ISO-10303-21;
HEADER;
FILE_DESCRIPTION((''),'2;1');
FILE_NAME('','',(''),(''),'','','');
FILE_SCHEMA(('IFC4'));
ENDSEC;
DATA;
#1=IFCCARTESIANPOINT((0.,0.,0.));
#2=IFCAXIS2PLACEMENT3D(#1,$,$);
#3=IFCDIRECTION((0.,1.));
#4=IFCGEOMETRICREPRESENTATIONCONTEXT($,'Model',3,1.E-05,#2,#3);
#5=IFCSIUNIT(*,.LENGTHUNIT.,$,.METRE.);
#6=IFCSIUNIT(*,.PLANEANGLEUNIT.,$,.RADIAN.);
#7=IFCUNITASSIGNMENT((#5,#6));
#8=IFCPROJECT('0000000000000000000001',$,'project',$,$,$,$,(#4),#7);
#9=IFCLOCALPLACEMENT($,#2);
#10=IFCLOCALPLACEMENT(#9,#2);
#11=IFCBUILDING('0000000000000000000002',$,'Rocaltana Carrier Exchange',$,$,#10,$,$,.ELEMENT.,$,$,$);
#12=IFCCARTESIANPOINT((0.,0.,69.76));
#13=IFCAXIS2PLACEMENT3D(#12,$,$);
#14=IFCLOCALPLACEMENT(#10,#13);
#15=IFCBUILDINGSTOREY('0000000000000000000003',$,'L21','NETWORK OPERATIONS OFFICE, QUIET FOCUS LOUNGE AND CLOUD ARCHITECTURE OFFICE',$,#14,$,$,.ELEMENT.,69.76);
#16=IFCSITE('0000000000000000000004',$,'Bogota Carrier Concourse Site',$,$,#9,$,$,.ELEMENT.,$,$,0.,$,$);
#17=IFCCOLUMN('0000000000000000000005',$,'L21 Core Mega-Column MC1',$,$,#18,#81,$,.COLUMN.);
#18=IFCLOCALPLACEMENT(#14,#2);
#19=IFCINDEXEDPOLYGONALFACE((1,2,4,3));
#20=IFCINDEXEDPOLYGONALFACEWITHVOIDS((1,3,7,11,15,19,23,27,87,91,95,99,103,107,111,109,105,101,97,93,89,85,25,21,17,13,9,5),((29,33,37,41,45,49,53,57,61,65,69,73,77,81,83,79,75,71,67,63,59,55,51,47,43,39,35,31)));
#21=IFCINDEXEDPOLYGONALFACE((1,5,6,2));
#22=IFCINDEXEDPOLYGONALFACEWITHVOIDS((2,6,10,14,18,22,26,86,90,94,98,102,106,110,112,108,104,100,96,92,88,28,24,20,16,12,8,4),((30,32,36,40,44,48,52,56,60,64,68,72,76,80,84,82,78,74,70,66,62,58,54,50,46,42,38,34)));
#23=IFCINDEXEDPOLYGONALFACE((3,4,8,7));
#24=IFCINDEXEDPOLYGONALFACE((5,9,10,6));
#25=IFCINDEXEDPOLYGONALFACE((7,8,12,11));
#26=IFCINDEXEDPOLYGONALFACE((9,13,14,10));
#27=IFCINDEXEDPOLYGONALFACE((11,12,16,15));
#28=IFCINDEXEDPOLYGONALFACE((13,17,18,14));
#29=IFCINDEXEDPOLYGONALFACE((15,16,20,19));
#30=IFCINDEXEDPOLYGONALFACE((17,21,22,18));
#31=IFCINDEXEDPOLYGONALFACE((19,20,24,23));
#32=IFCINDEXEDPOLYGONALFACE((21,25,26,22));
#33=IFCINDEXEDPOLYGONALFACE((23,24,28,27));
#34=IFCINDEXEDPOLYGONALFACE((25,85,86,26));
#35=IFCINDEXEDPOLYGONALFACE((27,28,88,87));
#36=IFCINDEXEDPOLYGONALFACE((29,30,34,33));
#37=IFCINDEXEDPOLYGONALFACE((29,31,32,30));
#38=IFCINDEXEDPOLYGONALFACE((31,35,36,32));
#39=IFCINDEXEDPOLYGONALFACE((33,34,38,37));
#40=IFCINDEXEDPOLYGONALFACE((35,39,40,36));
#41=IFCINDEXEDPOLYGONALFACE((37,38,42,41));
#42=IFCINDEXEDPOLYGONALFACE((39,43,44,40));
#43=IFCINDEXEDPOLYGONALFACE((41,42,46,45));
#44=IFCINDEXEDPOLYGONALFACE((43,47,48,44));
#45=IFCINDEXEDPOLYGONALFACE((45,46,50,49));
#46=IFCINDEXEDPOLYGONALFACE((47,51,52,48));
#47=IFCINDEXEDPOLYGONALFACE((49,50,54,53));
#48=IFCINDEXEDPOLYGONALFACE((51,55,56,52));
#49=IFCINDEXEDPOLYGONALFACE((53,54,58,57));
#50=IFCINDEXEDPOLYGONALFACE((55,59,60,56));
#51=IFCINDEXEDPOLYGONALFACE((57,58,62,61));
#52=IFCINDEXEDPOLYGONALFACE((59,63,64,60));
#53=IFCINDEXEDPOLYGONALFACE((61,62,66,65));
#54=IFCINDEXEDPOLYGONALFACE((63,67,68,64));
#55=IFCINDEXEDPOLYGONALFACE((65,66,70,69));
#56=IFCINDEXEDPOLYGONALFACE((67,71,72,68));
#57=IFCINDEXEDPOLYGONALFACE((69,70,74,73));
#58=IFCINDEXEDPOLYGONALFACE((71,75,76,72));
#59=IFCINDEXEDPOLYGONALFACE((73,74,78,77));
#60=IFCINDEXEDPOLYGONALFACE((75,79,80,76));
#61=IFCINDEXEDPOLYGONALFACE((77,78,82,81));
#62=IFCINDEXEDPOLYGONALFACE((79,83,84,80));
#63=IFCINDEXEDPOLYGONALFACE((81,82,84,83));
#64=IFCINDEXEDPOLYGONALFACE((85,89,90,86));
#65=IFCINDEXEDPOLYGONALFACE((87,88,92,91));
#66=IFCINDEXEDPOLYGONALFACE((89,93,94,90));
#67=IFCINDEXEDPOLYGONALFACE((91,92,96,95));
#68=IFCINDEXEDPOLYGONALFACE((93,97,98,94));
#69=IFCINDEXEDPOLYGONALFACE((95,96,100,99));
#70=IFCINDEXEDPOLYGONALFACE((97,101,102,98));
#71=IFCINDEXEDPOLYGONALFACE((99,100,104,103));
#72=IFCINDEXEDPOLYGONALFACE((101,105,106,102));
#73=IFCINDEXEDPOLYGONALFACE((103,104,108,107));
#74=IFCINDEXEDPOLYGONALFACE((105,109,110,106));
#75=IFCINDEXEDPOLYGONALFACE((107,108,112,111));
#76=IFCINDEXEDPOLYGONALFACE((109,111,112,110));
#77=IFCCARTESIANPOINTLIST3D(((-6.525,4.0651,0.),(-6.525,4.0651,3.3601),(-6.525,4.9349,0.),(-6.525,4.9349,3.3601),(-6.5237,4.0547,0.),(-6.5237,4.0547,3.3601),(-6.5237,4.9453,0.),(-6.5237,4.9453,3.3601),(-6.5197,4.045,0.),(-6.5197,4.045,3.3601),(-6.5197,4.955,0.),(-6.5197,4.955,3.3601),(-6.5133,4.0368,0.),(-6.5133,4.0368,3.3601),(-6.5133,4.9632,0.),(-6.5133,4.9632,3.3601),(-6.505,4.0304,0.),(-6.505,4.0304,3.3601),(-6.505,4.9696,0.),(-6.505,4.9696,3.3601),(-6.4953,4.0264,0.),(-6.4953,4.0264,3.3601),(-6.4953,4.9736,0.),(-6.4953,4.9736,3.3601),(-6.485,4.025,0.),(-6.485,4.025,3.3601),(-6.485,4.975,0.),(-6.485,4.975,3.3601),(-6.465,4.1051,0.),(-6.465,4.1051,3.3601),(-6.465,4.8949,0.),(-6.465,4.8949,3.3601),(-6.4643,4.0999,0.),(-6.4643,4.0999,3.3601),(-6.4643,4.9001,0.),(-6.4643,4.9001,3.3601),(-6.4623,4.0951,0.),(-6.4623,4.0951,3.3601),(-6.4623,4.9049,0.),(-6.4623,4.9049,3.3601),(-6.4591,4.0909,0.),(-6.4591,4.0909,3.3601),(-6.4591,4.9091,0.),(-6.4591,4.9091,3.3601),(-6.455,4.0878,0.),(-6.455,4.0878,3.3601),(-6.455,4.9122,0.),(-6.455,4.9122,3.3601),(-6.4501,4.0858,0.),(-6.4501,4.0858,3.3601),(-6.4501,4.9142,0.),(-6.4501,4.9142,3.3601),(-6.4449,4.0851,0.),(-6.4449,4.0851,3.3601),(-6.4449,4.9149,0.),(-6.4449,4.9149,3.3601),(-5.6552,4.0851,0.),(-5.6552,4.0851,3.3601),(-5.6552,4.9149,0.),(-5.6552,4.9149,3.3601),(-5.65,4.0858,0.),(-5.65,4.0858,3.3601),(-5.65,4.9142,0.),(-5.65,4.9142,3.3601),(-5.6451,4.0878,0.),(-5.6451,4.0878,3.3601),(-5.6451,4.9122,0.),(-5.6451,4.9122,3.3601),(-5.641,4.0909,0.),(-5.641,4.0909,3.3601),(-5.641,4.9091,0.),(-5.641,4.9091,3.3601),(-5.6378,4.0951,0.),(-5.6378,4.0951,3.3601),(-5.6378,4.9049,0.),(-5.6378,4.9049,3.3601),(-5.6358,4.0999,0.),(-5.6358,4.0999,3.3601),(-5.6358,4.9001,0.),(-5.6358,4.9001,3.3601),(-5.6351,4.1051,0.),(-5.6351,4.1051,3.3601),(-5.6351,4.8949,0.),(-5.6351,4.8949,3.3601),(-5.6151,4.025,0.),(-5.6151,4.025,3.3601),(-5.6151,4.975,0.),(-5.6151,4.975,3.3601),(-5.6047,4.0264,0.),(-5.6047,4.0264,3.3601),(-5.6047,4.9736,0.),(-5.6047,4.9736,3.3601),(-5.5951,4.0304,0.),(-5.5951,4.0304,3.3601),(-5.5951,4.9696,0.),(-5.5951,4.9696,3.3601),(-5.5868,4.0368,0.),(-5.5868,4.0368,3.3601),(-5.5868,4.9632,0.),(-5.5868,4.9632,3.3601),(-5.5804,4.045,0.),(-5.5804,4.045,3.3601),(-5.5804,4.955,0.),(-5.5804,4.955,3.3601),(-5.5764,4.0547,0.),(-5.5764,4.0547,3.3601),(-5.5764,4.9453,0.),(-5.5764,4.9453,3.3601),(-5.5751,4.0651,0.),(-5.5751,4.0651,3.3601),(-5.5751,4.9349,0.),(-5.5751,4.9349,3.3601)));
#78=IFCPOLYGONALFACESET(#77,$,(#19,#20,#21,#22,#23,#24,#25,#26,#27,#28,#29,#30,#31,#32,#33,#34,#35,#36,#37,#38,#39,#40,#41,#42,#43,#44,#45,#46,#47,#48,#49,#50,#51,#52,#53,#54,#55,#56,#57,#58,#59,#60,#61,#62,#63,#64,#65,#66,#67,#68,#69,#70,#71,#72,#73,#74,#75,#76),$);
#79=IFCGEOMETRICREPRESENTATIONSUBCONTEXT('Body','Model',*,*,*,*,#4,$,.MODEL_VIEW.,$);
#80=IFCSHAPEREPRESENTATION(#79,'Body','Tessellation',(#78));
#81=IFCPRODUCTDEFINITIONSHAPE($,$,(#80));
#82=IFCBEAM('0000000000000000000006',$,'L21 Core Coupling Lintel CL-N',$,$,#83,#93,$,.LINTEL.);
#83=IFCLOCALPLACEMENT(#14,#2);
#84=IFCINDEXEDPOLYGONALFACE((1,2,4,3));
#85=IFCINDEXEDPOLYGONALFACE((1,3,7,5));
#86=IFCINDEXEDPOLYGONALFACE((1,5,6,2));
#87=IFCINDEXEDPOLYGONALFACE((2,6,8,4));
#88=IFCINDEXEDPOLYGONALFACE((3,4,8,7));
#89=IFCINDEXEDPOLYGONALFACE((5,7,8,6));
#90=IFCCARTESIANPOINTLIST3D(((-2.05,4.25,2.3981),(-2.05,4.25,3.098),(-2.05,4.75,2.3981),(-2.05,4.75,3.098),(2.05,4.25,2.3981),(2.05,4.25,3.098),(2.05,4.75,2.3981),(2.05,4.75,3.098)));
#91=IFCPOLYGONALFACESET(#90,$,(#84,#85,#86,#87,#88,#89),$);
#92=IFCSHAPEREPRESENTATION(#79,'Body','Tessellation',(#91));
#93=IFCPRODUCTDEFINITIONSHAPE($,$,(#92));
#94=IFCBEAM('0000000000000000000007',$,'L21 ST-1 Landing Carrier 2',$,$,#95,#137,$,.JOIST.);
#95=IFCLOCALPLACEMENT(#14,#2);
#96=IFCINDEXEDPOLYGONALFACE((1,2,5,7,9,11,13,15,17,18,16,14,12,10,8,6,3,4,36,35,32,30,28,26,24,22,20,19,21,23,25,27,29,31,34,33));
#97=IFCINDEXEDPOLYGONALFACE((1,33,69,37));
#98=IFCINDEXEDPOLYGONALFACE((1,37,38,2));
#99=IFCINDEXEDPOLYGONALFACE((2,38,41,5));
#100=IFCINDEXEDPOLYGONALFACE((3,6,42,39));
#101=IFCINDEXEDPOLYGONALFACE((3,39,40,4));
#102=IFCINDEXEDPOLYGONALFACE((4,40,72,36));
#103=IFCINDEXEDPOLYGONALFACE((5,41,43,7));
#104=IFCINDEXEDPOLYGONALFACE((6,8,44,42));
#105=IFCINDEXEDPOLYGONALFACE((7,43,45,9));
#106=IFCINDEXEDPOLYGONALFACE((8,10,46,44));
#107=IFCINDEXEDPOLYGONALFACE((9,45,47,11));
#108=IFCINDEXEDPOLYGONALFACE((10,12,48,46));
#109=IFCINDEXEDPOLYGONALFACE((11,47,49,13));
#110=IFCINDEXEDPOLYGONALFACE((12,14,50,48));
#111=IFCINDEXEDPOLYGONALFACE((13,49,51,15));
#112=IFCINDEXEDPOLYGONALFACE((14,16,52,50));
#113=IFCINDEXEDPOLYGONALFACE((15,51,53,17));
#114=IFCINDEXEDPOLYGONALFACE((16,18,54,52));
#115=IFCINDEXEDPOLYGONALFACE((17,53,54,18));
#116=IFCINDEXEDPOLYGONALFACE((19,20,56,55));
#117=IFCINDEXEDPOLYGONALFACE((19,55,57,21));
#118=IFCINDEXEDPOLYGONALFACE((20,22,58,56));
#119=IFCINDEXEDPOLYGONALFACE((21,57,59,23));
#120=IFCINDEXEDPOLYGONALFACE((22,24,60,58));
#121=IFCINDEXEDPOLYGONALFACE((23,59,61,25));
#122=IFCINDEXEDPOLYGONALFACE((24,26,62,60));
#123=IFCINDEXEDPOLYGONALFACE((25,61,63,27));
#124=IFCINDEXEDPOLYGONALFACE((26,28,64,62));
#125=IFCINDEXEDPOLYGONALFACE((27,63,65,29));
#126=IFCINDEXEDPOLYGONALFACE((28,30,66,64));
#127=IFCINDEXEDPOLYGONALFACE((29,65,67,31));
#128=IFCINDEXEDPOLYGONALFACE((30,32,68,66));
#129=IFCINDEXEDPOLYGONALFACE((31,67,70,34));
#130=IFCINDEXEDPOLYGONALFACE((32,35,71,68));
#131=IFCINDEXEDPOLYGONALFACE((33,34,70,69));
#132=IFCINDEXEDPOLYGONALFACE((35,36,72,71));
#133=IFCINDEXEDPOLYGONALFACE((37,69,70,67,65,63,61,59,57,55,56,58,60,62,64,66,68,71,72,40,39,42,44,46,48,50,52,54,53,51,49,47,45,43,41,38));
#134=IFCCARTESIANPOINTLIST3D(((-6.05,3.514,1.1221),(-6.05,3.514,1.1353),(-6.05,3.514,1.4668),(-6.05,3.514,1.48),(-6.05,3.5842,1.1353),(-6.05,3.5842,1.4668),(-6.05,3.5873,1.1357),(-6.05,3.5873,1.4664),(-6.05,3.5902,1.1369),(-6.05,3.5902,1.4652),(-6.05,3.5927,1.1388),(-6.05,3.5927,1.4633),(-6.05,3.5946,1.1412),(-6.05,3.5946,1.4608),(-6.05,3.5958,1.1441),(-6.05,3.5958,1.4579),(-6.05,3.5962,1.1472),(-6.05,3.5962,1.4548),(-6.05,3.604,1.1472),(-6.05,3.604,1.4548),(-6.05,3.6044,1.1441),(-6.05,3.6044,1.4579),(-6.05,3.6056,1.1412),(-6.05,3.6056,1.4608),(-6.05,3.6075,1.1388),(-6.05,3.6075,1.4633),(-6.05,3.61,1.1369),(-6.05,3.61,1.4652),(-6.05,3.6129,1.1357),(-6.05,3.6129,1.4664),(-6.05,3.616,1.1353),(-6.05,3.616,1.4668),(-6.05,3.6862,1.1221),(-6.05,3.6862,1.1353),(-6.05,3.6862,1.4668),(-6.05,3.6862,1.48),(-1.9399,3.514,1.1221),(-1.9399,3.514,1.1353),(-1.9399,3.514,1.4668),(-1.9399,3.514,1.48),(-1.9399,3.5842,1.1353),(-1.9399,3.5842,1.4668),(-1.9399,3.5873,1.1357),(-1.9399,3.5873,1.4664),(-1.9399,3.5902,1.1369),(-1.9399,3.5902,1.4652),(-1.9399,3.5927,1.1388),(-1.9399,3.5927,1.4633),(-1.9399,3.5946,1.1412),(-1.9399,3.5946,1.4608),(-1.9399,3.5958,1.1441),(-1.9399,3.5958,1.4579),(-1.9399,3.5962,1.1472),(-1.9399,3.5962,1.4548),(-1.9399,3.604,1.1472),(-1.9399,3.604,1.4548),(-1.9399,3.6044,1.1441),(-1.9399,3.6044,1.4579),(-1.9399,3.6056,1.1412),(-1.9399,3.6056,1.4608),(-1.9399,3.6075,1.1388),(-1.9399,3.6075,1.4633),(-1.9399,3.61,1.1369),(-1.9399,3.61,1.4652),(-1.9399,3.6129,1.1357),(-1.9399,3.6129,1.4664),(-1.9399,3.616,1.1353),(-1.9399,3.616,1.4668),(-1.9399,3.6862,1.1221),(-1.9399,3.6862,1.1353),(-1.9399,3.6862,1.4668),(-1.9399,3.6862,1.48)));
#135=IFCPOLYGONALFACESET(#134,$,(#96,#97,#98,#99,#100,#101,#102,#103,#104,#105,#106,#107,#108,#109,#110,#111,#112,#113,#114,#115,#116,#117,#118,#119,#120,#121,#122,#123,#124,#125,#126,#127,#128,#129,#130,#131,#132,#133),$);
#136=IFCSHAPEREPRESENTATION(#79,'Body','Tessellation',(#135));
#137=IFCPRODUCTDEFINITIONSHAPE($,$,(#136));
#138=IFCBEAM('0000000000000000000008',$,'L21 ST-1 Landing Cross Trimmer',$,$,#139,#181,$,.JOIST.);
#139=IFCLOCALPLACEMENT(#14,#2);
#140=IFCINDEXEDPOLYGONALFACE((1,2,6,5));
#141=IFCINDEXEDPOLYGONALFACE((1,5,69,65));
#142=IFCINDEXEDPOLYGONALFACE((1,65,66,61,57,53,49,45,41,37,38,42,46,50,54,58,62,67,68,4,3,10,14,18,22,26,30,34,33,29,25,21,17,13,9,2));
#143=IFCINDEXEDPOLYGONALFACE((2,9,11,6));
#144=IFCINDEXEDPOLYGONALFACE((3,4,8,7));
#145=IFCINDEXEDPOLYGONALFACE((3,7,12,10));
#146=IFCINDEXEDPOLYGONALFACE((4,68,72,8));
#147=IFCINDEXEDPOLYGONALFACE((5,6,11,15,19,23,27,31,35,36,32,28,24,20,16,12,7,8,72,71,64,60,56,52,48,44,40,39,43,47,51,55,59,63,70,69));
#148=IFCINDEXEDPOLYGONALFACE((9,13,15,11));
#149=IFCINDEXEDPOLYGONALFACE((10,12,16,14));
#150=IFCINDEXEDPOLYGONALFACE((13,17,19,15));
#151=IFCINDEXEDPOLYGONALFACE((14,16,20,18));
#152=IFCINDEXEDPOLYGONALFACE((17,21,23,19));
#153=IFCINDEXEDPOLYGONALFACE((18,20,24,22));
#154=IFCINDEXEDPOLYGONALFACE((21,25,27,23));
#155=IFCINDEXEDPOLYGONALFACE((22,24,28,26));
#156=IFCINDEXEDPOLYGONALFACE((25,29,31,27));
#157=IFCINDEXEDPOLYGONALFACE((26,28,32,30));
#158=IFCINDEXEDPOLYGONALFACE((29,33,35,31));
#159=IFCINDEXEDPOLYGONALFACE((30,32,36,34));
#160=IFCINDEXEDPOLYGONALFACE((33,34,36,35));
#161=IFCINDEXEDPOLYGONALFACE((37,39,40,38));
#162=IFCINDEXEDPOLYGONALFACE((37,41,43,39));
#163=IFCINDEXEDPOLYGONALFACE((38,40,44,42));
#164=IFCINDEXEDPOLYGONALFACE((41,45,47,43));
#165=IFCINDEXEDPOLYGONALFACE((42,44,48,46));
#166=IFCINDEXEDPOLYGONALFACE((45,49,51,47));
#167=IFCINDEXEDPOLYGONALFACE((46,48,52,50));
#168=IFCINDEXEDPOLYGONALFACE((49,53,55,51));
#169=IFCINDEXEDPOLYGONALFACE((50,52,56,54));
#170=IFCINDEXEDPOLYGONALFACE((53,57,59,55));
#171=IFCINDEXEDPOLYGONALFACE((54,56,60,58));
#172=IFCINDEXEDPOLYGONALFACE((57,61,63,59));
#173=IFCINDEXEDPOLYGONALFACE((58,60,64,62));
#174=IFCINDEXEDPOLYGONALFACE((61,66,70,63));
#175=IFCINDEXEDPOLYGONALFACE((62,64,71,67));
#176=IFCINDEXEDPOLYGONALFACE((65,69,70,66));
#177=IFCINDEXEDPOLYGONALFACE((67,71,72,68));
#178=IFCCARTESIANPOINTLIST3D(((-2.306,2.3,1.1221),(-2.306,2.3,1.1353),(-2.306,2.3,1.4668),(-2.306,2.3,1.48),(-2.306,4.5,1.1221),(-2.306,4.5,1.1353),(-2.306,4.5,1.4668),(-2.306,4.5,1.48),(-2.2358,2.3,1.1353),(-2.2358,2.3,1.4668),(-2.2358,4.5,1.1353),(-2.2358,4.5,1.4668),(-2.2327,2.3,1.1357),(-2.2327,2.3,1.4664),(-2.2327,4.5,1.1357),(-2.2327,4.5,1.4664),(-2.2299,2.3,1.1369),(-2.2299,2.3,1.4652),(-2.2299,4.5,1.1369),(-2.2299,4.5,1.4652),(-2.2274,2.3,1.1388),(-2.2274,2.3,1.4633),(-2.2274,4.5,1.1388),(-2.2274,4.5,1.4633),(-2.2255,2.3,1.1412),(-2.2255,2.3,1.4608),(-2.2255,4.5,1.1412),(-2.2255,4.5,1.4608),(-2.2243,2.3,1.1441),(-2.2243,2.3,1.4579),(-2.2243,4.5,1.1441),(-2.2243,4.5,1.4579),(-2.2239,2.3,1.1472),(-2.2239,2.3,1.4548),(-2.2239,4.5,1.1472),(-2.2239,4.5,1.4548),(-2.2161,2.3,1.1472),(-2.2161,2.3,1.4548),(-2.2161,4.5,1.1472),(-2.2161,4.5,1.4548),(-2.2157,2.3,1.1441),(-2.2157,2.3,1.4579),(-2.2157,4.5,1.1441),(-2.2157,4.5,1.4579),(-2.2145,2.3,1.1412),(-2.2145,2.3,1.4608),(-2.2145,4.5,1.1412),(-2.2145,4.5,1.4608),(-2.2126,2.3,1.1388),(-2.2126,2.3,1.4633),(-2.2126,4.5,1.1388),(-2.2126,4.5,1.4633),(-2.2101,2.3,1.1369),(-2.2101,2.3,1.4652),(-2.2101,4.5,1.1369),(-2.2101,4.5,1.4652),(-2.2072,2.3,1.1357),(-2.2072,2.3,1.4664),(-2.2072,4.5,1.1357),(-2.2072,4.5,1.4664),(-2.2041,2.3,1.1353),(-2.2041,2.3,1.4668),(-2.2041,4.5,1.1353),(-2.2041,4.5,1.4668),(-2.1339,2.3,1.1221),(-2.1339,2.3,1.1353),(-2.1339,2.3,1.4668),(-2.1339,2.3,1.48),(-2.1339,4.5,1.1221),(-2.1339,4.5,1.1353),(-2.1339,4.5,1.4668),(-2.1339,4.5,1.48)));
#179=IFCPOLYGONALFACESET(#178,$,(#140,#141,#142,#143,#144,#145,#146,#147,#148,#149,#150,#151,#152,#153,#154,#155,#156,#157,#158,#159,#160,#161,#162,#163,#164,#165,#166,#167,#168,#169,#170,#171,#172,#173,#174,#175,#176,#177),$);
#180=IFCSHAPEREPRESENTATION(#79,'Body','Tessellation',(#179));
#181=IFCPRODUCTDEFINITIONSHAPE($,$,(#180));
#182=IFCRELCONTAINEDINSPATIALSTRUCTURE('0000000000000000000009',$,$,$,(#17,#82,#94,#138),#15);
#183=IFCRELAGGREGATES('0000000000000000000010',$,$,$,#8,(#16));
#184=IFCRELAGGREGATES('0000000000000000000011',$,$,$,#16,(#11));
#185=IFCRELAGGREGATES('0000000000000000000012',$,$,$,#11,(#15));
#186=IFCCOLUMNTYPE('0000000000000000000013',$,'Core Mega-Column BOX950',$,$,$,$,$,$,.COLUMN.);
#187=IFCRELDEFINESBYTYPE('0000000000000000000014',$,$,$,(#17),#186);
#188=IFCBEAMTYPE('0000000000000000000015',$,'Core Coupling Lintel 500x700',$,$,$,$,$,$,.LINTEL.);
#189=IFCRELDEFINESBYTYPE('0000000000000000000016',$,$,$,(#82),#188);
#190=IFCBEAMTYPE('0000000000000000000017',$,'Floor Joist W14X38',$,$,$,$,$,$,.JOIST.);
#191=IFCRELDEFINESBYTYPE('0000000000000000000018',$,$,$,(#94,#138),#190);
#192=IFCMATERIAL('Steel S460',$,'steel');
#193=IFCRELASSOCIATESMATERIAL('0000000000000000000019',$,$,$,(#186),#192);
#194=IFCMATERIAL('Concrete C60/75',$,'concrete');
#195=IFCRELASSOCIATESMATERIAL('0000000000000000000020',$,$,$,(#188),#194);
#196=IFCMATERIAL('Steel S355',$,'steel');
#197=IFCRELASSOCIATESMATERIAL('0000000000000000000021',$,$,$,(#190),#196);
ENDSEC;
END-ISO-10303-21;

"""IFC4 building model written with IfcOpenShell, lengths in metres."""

from ifc_helpers import new_model, si_unit, direction, frame, origin, origin_2d, place, context, subcontext, project, spatial, rectangle, hollow_rectangle, i_section, extrude, material, material_profile, profile_set, type_object, element, save


model = new_model("IFC4")

# Units and contexts
model_context = context("Model", 3, precision=1e-05, world=origin(), true_north=direction((0.0, 1.0)))
body_context = subcontext(model_context, "Body", "Model", "MODEL_VIEW")
ifc_project = project(units=[si_unit("LENGTHUNIT", "METRE"), si_unit("PLANEANGLEUNIT", "RADIAN")], contexts=[model_context])

# Site, building, storey
site_placement = place(None, origin())
site = spatial("IfcSite", under=ifc_project, at=site_placement, Name="Bogota Carrier Concourse Site", CompositionType="ELEMENT", RefElevation=0.0)
building_placement = place(site_placement, origin())
building = spatial("IfcBuilding", under=site, at=building_placement, Name="Rocaltana Carrier Exchange", CompositionType="ELEMENT")
storey_placement = place(building_placement, frame((0.0, 0.0, 69.76)))
storey = spatial("IfcBuildingStorey", under=building, at=storey_placement, Name="L21", Description="NETWORK OPERATIONS OFFICE, QUIET FOCUS LOUNGE AND CLOUD ARCHITECTURE OFFICE", CompositionType="ELEMENT", Elevation=69.76)

# Column
ifc_material_1 = material(Name="Steel S460", Category="steel")
ifc_material_profile_1 = material_profile(ifc_material_1, hollow_rectangle(XDim=0.95, YDim=0.95, WallThickness=0.0601, InnerFilletRadius=0.02, OuterFilletRadius=0.04, at=origin_2d()), Name="BOX950X950X60")
ifc_profile_set_1 = profile_set([ifc_material_profile_1], Name="Steel S460")
column_type = type_object("IfcColumnType", Name="Core Mega-Column BOX950", PredefinedType="COLUMN", material=ifc_profile_set_1)
column_placement = place(storey_placement, frame((-6.05, 4.5, 0.0), z_axis=(0.0, 0.0, 1.0), x_axis=(1.0, 0.0, 0.0)))
element("IfcColumn", 1, at=column_placement, inside=storey, type_object=column_type, Name="L21 Core Mega-Column MC1", PredefinedType="COLUMN", context=body_context, shape_type="SweptSolid", body=[
    extrude(hollow_rectangle(XDim=0.95, YDim=0.95, WallThickness=0.0601, InnerFilletRadius=0.02, OuterFilletRadius=0.04, at=origin_2d()), origin(), (0.0, 0.0, 1.0), 3.3601),
])

# Beams
ifc_material_2 = material(Name="Concrete C60/75", Category="concrete")
ifc_material_profile_2 = material_profile(ifc_material_2, rectangle(XDim=0.5, YDim=0.7, at=origin_2d()), Name="RC-BM-500X700")
ifc_profile_set_2 = profile_set([ifc_material_profile_2], Name="Concrete C60/75")
beam_type_1 = type_object("IfcBeamType", Name="Core Coupling Lintel 500x700", PredefinedType="LINTEL", material=ifc_profile_set_2)
beam_1_placement = place(storey_placement, frame((-2.05, 4.5, 2.748), z_axis=(1.0, 0.0, 0.0), x_axis=(0.0, 1.0, 0.0)))
element("IfcBeam", 2, at=beam_1_placement, inside=storey, type_object=beam_type_1, Name="L21 Core Coupling Lintel CL-N", PredefinedType="LINTEL", context=body_context, shape_type="SweptSolid", body=[
    extrude(rectangle(XDim=0.5, YDim=0.7, at=origin_2d()), origin(), (0.0, 0.0, 1.0), 4.1001),
])
ifc_material_3 = material(Name="Steel S355", Category="steel")
ifc_material_profile_3 = material_profile(ifc_material_3, i_section(OverallWidth=0.1721, OverallDepth=0.3579, WebThickness=0.0078, FlangeThickness=0.0132, FilletRadius=0.012, at=origin_2d()), Name="W14X38")
ifc_profile_set_3 = profile_set([ifc_material_profile_3], Name="Steel S355")
beam_type_2 = type_object("IfcBeamType", Name="Floor Joist W14X38", PredefinedType="JOIST", material=ifc_profile_set_3)
beam_2_placement = place(storey_placement, frame((-6.05, 3.6001, 1.301), z_axis=(1.0, 0.0, 0.0), x_axis=(0.0, 1.0, 0.0)))
element("IfcBeam", 3, at=beam_2_placement, inside=storey, type_object=beam_type_2, Name="L21 ST-1 Landing Carrier 2", PredefinedType="JOIST", context=body_context, shape_type="SweptSolid", body=[
    extrude(i_section(OverallWidth=0.1721, OverallDepth=0.3579, WebThickness=0.0078, FlangeThickness=0.0132, FilletRadius=0.012, at=origin_2d()), origin(), (0.0, 0.0, 1.0), 4.1101),
])
beam_3_placement = place(storey_placement, frame((-2.22, 2.3, 1.301), z_axis=(0.0, 1.0, 0.0), x_axis=(-1.0, 0.0, 0.0)))
element("IfcBeam", 4, at=beam_3_placement, inside=storey, type_object=beam_type_2, Name="L21 ST-1 Landing Cross Trimmer", PredefinedType="JOIST", context=body_context, shape_type="SweptSolid", body=[
    extrude(i_section(OverallWidth=0.1721, OverallDepth=0.3579, WebThickness=0.0078, FlangeThickness=0.0132, FilletRadius=0.012, at=origin_2d()), origin(), (0.0, 0.0, 1.0), 2.2),
])

save(model, "model.ifc")
